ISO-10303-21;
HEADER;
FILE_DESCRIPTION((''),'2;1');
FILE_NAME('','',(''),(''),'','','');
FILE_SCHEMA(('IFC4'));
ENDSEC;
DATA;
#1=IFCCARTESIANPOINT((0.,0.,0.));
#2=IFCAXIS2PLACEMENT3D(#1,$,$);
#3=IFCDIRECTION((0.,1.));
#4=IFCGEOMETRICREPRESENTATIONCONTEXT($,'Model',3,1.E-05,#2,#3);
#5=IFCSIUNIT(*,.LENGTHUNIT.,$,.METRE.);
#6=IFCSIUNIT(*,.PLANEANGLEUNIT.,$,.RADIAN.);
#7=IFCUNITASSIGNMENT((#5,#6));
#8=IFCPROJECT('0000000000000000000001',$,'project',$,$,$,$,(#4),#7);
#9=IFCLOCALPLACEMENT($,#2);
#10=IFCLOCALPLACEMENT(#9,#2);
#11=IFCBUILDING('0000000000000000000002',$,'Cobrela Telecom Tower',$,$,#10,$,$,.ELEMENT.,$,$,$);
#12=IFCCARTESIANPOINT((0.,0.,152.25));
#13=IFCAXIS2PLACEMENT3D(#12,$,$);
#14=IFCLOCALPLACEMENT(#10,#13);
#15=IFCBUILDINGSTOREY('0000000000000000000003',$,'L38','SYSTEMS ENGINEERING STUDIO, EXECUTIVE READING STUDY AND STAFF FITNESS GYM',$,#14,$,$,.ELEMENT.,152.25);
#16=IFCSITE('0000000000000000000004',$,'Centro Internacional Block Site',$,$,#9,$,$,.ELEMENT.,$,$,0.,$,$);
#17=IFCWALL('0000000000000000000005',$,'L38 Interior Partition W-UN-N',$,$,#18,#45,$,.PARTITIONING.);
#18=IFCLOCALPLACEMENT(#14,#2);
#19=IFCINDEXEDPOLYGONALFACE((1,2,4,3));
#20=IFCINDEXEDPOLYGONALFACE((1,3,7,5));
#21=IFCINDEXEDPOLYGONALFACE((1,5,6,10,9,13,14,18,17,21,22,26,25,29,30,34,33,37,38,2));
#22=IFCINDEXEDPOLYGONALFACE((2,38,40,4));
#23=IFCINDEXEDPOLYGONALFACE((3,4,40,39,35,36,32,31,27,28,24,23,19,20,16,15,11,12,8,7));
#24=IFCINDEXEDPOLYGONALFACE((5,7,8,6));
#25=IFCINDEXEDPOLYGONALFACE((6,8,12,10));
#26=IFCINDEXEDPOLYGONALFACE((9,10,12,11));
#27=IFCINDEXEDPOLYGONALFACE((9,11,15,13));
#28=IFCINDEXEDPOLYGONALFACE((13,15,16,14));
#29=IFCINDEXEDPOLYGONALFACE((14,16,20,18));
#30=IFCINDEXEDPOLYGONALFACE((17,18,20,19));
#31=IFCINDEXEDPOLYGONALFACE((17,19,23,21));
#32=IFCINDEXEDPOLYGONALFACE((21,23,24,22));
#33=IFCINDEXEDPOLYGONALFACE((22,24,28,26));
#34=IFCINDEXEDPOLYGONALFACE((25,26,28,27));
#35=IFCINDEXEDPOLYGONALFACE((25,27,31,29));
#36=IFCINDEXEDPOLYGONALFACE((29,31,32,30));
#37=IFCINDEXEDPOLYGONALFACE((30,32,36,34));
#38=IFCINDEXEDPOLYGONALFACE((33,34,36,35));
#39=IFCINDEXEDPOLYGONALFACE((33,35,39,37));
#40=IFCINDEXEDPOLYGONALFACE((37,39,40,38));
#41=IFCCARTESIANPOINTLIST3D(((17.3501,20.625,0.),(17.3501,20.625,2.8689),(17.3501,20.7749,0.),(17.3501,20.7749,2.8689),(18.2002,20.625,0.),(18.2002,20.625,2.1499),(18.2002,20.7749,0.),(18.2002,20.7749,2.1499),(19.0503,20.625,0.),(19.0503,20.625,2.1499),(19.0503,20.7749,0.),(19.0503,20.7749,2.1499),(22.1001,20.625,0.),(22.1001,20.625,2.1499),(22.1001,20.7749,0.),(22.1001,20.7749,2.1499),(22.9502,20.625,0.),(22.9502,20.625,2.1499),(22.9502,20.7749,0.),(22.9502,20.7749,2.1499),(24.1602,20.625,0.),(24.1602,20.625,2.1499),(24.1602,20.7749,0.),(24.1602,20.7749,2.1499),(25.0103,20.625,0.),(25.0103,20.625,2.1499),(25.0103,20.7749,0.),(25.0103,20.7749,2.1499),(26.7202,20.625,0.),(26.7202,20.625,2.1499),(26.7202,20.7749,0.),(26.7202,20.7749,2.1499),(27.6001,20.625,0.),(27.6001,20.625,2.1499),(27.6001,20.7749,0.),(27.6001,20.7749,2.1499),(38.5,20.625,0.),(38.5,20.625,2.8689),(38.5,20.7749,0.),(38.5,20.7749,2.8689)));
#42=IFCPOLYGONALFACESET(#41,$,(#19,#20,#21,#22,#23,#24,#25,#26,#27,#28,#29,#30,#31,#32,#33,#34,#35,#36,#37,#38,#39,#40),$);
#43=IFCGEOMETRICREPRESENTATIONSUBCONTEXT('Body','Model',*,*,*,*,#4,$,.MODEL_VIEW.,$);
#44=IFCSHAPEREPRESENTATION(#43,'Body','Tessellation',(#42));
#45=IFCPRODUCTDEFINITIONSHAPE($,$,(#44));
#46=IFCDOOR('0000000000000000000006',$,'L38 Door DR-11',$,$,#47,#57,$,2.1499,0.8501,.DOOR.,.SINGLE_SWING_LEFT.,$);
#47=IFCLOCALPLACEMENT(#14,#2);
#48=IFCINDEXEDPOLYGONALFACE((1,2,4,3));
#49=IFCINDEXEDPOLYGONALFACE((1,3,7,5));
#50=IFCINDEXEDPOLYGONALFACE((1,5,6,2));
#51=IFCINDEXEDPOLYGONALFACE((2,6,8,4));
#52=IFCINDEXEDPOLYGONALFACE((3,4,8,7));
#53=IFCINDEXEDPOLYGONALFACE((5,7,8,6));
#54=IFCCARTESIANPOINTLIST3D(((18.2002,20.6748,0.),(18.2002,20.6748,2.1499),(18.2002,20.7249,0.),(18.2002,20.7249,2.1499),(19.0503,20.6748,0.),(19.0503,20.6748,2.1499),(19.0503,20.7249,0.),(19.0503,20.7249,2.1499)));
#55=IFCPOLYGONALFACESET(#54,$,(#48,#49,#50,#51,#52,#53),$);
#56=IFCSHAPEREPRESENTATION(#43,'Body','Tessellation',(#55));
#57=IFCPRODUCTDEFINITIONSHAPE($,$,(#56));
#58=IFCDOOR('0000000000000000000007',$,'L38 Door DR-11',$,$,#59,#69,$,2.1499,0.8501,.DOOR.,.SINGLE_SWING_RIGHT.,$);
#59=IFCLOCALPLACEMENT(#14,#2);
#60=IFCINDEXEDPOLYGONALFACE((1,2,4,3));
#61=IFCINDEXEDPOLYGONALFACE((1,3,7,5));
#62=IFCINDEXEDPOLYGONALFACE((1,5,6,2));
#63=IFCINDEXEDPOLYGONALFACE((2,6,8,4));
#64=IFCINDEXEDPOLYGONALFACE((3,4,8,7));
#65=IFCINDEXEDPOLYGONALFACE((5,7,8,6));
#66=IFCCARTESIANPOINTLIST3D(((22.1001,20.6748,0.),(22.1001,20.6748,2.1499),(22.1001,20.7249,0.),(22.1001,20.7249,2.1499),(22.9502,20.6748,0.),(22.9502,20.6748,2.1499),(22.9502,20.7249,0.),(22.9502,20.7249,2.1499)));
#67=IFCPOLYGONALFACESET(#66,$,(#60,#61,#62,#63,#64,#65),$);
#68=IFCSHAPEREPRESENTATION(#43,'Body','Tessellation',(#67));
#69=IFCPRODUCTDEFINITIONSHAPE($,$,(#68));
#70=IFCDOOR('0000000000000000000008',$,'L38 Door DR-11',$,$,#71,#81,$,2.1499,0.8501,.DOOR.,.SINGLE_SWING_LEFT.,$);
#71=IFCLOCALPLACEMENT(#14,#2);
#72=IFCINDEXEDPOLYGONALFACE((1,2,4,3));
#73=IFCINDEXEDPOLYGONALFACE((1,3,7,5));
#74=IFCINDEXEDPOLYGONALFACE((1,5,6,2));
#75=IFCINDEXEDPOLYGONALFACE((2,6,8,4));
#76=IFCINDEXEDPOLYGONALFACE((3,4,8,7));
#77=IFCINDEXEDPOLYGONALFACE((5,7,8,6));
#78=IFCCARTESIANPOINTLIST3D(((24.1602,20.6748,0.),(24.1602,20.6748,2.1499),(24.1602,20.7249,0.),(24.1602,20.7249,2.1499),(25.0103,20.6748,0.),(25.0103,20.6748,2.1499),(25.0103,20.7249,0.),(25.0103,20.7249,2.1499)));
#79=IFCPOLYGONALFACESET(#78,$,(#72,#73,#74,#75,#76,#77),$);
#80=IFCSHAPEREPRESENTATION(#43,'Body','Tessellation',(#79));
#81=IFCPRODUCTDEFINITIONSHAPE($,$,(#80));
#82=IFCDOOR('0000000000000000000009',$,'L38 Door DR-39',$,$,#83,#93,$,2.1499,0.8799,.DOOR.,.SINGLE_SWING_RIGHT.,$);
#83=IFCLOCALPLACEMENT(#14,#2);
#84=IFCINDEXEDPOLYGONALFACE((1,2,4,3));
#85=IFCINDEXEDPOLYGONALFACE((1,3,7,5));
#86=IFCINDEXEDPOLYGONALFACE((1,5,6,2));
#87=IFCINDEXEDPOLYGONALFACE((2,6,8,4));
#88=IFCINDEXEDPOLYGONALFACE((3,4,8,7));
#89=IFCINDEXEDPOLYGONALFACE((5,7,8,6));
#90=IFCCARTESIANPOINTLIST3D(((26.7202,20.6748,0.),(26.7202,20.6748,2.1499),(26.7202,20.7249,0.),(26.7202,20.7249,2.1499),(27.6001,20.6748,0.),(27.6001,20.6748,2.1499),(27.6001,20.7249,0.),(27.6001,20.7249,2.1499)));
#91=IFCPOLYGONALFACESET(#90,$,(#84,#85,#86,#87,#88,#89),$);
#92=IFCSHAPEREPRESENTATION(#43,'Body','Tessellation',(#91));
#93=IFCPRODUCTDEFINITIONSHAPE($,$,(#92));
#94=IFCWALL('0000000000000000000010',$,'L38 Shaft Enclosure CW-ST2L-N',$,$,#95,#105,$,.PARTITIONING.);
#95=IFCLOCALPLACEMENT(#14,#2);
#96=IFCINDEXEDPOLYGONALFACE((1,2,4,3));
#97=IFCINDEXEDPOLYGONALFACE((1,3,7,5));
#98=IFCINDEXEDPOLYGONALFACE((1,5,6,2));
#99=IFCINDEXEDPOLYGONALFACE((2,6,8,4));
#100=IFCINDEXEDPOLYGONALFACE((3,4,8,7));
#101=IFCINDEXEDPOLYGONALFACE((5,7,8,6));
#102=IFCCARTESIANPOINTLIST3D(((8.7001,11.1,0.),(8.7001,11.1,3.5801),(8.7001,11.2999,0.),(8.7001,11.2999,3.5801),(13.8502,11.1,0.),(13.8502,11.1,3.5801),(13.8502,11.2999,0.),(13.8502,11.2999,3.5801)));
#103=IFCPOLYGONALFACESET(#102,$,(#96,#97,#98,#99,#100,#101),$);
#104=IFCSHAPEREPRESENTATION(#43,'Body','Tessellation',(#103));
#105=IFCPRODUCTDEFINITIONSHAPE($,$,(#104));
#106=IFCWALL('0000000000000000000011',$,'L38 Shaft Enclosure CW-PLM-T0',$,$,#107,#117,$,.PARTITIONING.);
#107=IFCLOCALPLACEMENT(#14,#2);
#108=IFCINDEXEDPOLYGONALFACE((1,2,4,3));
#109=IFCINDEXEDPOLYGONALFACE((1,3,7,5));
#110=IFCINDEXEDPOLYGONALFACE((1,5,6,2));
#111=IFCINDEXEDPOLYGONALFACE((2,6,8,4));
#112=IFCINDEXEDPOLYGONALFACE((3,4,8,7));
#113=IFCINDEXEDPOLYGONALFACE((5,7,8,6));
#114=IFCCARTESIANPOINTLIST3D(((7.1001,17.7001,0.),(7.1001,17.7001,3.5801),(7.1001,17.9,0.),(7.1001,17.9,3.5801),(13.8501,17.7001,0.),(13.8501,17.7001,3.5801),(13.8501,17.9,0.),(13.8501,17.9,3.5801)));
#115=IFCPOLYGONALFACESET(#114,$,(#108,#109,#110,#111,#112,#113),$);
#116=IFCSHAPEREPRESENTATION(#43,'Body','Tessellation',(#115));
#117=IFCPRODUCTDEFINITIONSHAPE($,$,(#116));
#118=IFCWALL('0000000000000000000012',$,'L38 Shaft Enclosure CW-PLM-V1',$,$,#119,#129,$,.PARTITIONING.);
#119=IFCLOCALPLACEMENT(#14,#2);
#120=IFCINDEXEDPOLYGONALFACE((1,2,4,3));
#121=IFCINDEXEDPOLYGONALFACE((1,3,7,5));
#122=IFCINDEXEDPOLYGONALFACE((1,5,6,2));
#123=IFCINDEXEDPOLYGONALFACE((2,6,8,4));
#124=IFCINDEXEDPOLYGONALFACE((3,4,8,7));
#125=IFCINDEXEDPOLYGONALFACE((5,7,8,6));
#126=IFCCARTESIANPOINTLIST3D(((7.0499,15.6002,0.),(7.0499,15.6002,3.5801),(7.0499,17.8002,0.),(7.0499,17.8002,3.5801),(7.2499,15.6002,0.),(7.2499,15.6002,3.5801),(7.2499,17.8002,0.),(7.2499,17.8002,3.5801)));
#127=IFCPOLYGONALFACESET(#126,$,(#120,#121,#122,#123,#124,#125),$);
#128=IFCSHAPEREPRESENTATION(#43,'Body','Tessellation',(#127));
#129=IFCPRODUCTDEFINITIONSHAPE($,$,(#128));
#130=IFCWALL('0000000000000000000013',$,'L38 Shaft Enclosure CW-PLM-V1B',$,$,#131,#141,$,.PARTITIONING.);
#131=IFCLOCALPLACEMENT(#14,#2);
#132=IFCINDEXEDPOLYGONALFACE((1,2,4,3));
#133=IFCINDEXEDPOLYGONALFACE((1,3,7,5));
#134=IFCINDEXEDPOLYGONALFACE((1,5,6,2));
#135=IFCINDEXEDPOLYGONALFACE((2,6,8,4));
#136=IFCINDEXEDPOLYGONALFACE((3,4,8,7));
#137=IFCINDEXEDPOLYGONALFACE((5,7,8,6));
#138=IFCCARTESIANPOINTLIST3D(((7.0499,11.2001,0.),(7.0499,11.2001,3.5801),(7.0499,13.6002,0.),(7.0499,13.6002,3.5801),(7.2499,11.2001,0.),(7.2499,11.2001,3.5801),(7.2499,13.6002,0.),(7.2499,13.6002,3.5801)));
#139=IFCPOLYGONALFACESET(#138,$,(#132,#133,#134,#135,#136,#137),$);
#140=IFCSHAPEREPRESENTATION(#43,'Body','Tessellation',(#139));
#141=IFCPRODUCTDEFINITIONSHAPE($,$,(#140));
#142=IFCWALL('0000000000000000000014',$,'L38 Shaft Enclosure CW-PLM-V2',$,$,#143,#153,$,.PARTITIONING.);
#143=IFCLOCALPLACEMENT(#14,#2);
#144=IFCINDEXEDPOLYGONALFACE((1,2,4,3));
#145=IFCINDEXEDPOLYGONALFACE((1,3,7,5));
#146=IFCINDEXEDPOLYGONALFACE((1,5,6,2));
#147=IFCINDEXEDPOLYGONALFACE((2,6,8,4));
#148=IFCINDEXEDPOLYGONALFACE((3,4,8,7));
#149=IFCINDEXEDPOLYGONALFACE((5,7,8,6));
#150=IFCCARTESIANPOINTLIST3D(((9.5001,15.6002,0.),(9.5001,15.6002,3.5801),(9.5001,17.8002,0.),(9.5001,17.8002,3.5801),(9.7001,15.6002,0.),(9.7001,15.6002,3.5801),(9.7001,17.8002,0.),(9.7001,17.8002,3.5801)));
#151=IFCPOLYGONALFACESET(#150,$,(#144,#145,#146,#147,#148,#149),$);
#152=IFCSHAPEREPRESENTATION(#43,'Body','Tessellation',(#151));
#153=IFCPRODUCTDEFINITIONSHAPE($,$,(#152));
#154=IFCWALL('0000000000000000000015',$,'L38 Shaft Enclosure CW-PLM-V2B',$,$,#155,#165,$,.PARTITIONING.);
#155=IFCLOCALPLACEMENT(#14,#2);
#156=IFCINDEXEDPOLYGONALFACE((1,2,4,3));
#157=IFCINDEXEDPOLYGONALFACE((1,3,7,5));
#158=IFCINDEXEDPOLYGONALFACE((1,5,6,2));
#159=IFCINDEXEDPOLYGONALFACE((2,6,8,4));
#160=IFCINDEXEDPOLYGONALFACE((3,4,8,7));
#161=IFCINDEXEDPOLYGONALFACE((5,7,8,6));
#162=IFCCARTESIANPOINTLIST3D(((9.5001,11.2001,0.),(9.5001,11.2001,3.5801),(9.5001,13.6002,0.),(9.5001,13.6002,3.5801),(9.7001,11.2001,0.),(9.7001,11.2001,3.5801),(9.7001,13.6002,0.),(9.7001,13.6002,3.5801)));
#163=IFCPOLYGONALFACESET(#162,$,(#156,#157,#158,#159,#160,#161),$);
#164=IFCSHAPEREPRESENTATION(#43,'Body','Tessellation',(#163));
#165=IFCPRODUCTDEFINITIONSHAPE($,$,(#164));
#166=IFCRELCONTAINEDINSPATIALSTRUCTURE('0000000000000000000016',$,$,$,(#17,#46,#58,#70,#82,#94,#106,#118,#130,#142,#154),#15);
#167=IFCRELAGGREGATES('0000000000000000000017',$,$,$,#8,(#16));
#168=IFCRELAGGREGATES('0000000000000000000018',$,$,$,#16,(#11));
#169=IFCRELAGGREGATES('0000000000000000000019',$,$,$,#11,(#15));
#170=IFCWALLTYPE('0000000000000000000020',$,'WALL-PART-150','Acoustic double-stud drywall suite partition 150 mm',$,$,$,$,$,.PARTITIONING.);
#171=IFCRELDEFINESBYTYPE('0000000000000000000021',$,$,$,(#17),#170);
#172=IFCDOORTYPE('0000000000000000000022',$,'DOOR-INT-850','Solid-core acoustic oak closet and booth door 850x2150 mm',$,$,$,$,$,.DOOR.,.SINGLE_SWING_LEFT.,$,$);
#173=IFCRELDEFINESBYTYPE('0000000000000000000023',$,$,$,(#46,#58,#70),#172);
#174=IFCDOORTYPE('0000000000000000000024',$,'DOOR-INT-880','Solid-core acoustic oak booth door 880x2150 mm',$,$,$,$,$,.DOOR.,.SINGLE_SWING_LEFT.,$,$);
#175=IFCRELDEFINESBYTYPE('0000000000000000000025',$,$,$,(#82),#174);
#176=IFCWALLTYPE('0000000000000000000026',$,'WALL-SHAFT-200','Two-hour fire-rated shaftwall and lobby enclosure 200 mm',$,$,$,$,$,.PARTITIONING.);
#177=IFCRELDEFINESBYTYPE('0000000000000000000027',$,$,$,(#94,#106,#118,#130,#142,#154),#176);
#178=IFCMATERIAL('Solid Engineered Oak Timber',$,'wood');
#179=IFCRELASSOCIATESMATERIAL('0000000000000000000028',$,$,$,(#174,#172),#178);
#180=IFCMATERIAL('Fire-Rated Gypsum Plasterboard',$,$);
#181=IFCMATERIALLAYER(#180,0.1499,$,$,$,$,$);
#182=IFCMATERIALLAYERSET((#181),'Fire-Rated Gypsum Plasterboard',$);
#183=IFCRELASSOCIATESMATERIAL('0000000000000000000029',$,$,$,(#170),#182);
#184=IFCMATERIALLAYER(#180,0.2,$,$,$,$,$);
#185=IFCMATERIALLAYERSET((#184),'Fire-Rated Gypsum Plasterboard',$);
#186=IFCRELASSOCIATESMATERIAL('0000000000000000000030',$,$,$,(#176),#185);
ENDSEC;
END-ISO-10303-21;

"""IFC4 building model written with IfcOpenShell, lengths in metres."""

from ifc_helpers import new_model, si_unit, direction, frame, frame_2d, origin, place, context, subcontext, project, spatial, rectangle, extrude, material, layer, layer_set, type_object, element, fill, save


model = new_model("IFC4")

# Units and contexts
model_context = context("Model", 3, precision=1e-05, world=origin(), true_north=direction((0.0, 1.0)))
body_context = subcontext(model_context, "Body", "Model", "MODEL_VIEW")
ifc_project = project(units=[si_unit("LENGTHUNIT", "METRE"), si_unit("PLANEANGLEUNIT", "RADIAN")], contexts=[model_context])

# Site, building, storey
site_placement = place(None, origin())
site = spatial("IfcSite", under=ifc_project, at=site_placement, Name="Centro Internacional Block Site", CompositionType="ELEMENT", RefElevation=0.0)
building_placement = place(site_placement, origin())
building = spatial("IfcBuilding", under=site, at=building_placement, Name="Cobrela Telecom Tower", CompositionType="ELEMENT")
storey_placement = place(building_placement, frame((0.0, 0.0, 152.25)))
storey = spatial("IfcBuildingStorey", under=building, at=storey_placement, Name="L38", Description="SYSTEMS ENGINEERING STUDIO, EXECUTIVE READING STUDY AND STAFF FITNESS GYM", CompositionType="ELEMENT", Elevation=152.25)

# Shared definitions
ifc_material_1 = material(Name="Fire-Rated Gypsum Plasterboard")

# Wall, openings, doors
ifc_material_2 = material(Name="Solid Engineered Oak Timber", Category="wood")
door_type_1 = type_object("IfcDoorType", Name="DOOR-INT-880", Description="Solid-core acoustic oak booth door 880x2150 mm", OperationType="SINGLE_SWING_LEFT", PredefinedType="DOOR", material=ifc_material_2)
ifc_layer_1 = layer(ifc_material_1, 0.1499)
ifc_layer_set_1 = layer_set([ifc_layer_1], Name="Fire-Rated Gypsum Plasterboard")
wall_type_1 = type_object("IfcWallType", Name="WALL-PART-150", Description="Acoustic double-stud drywall suite partition 150 mm", PredefinedType="PARTITIONING", material=ifc_layer_set_1)
wall_1_placement = place(storey_placement, frame((17.3501, 20.7, 0.0), z_axis=(0.0, 0.0, 1.0), x_axis=(1.0, 0.0, 0.0)))
wall_1 = element("IfcWall", 1, at=wall_1_placement, inside=storey, type_object=wall_type_1, Name="L38 Interior Partition W-UN-N", PredefinedType="PARTITIONING", context=body_context, shape_type="SweptSolid", body=[
    extrude(rectangle(XDim=21.1499, YDim=0.1499, at=frame_2d((10.575, 0.0))), origin(), (0.0, 0.0, 1.0), 2.8689),
])
opening_1_placement = place(wall_1_placement, frame((0.8501, 0.0, 0.0)))
opening_1 = element("IfcOpeningElement", 2, at=opening_1_placement, cuts=wall_1, PredefinedType="OPENING", context=body_context, shape_type="SweptSolid", body=[
    extrude(rectangle(XDim=0.8501, YDim=2.1499, at=frame_2d((0.425, 1.075))), frame((0.0, 0.0869, 0.0), z_axis=(0.0, -1.0, 0.0), x_axis=(1.0, 0.0, 0.0)), (0.0, 0.0, 1.0), 0.1738),
])
opening_2_placement = place(wall_1_placement, frame((4.75, 0.0, 0.0)))
opening_2 = element("IfcOpeningElement", 3, at=opening_2_placement, cuts=wall_1, PredefinedType="OPENING", context=body_context, shape_type="SweptSolid", body=[
    extrude(rectangle(XDim=0.8501, YDim=2.1499, at=frame_2d((0.425, 1.075))), frame((0.0, 0.0869, 0.0), z_axis=(0.0, -1.0, 0.0), x_axis=(1.0, 0.0, 0.0)), (0.0, 0.0, 1.0), 0.1738),
])
opening_3_placement = place(wall_1_placement, frame((6.8101, 0.0, 0.0)))
opening_3 = element("IfcOpeningElement", 4, at=opening_3_placement, cuts=wall_1, PredefinedType="OPENING", context=body_context, shape_type="SweptSolid", body=[
    extrude(rectangle(XDim=0.8501, YDim=2.1499, at=frame_2d((0.425, 1.075))), frame((0.0, 0.0869, 0.0), z_axis=(0.0, -1.0, 0.0), x_axis=(1.0, 0.0, 0.0)), (0.0, 0.0, 1.0), 0.1738),
])
opening_4_placement = place(wall_1_placement, frame((9.3701, 0.0, 0.0)))
opening_4 = element("IfcOpeningElement", 5, at=opening_4_placement, cuts=wall_1, PredefinedType="OPENING", context=body_context, shape_type="SweptSolid", body=[
    extrude(rectangle(XDim=0.8799, YDim=2.1499, at=frame_2d((0.4399, 1.075))), frame((0.0, 0.0869, 0.0), z_axis=(0.0, -1.0, 0.0), x_axis=(1.0, 0.0, 0.0)), (0.0, 0.0, 1.0), 0.1738),
])
door_type_2 = type_object("IfcDoorType", Name="DOOR-INT-850", Description="Solid-core acoustic oak closet and booth door 850x2150 mm", OperationType="SINGLE_SWING_LEFT", PredefinedType="DOOR", material=ifc_material_2)
door_1_placement = place(opening_1_placement, origin())
door_1 = element("IfcDoor", 6, at=door_1_placement, inside=storey, type_object=door_type_2, Name="L38 Door DR-11", OperationType="SINGLE_SWING_LEFT", OverallHeight=2.1499, OverallWidth=0.8501, PredefinedType="DOOR", context=body_context, shape_type="SweptSolid", body=[
    extrude(rectangle(XDim=0.8501, YDim=2.1499, at=frame_2d((0.425, 1.075))), frame((0.0, 0.0249, 0.0), z_axis=(0.0, -1.0, 0.0), x_axis=(1.0, 0.0, 0.0)), (0.0, 0.0, 1.0), 0.05),
])
fill(opening_1, door_1)
door_2_placement = place(opening_2_placement, origin())
door_2 = element("IfcDoor", 7, at=door_2_placement, inside=storey, type_object=door_type_2, Name="L38 Door DR-11", OperationType="SINGLE_SWING_RIGHT", OverallHeight=2.1499, OverallWidth=0.8501, PredefinedType="DOOR", context=body_context, shape_type="SweptSolid", body=[
    extrude(rectangle(XDim=0.8501, YDim=2.1499, at=frame_2d((0.425, 1.075))), frame((0.0, 0.0249, 0.0), z_axis=(0.0, -1.0, 0.0), x_axis=(1.0, 0.0, 0.0)), (0.0, 0.0, 1.0), 0.05),
])
fill(opening_2, door_2)
door_3_placement = place(opening_3_placement, origin())
door_3 = element("IfcDoor", 8, at=door_3_placement, inside=storey, type_object=door_type_2, Name="L38 Door DR-11", OperationType="SINGLE_SWING_LEFT", OverallHeight=2.1499, OverallWidth=0.8501, PredefinedType="DOOR", context=body_context, shape_type="SweptSolid", body=[
    extrude(rectangle(XDim=0.8501, YDim=2.1499, at=frame_2d((0.425, 1.075))), frame((0.0, 0.0249, 0.0), z_axis=(0.0, -1.0, 0.0), x_axis=(1.0, 0.0, 0.0)), (0.0, 0.0, 1.0), 0.05),
])
fill(opening_3, door_3)
door_4_placement = place(opening_4_placement, origin())
door_4 = element("IfcDoor", 9, at=door_4_placement, inside=storey, type_object=door_type_1, Name="L38 Door DR-39", OperationType="SINGLE_SWING_RIGHT", OverallHeight=2.1499, OverallWidth=0.8799, PredefinedType="DOOR", context=body_context, shape_type="SweptSolid", body=[
    extrude(rectangle(XDim=0.8799, YDim=2.1499, at=frame_2d((0.4399, 1.075))), frame((0.0, 0.0249, 0.0), z_axis=(0.0, -1.0, 0.0), x_axis=(1.0, 0.0, 0.0)), (0.0, 0.0, 1.0), 0.05),
])
fill(opening_4, door_4)

# Walls
ifc_layer_2 = layer(ifc_material_1, 0.2)
ifc_layer_set_2 = layer_set([ifc_layer_2], Name="Fire-Rated Gypsum Plasterboard")
wall_type_2 = type_object("IfcWallType", Name="WALL-SHAFT-200", Description="Two-hour fire-rated shaftwall and lobby enclosure 200 mm", PredefinedType="PARTITIONING", material=ifc_layer_set_2)
wall_2_placement = place(storey_placement, frame((8.7, 11.2, 0.0), z_axis=(0.0, 0.0, 1.0), x_axis=(1.0, 0.0, 0.0)))
element("IfcWall", 10, at=wall_2_placement, inside=storey, type_object=wall_type_2, Name="L38 Shaft Enclosure CW-ST2L-N", PredefinedType="PARTITIONING", context=body_context, shape_type="SweptSolid", body=[
    extrude(rectangle(XDim=5.1501, YDim=0.2, at=frame_2d((2.5752, 0.0))), origin(), (0.0, 0.0, 1.0), 3.5801),
])
wall_3_placement = place(storey_placement, frame((7.1001, 17.8, 0.0), z_axis=(0.0, 0.0, 1.0), x_axis=(1.0, 0.0, 0.0)))
element("IfcWall", 11, at=wall_3_placement, inside=storey, type_object=wall_type_2, Name="L38 Shaft Enclosure CW-PLM-T0", PredefinedType="PARTITIONING", context=body_context, shape_type="SweptSolid", body=[
    extrude(rectangle(XDim=6.75, YDim=0.2, at=frame_2d((3.375, 0.0))), origin(), (0.0, 0.0, 1.0), 3.5801),
])
wall_4_placement = place(storey_placement, frame((7.1499, 15.6001, 0.0), z_axis=(0.0, 0.0, 1.0), x_axis=(0.0, 1.0, 0.0)))
element("IfcWall", 12, at=wall_4_placement, inside=storey, type_object=wall_type_2, Name="L38 Shaft Enclosure CW-PLM-V1", PredefinedType="PARTITIONING", context=body_context, shape_type="SweptSolid", body=[
    extrude(rectangle(XDim=2.2, YDim=0.2, at=frame_2d((1.1001, 0.0))), origin(), (0.0, 0.0, 1.0), 3.5801),
])
wall_5_placement = place(storey_placement, frame((7.1499, 11.2, 0.0), z_axis=(0.0, 0.0, 1.0), x_axis=(0.0, 1.0, 0.0)))
element("IfcWall", 13, at=wall_5_placement, inside=storey, type_object=wall_type_2, Name="L38 Shaft Enclosure CW-PLM-V1B", PredefinedType="PARTITIONING", context=body_context, shape_type="SweptSolid", body=[
    extrude(rectangle(XDim=2.4001, YDim=0.2, at=frame_2d((1.2002, 0.0))), origin(), (0.0, 0.0, 1.0), 3.5801),
])
wall_6_placement = place(storey_placement, frame((9.6001, 15.6001, 0.0), z_axis=(0.0, 0.0, 1.0), x_axis=(0.0, 1.0, 0.0)))
element("IfcWall", 14, at=wall_6_placement, inside=storey, type_object=wall_type_2, Name="L38 Shaft Enclosure CW-PLM-V2", PredefinedType="PARTITIONING", context=body_context, shape_type="SweptSolid", body=[
    extrude(rectangle(XDim=2.2, YDim=0.2, at=frame_2d((1.1001, 0.0))), origin(), (0.0, 0.0, 1.0), 3.5801),
])
wall_7_placement = place(storey_placement, frame((9.6001, 11.2, 0.0), z_axis=(0.0, 0.0, 1.0), x_axis=(0.0, 1.0, 0.0)))
element("IfcWall", 15, at=wall_7_placement, inside=storey, type_object=wall_type_2, Name="L38 Shaft Enclosure CW-PLM-V2B", PredefinedType="PARTITIONING", context=body_context, shape_type="SweptSolid", body=[
    extrude(rectangle(XDim=2.4001, YDim=0.2, at=frame_2d((1.2002, 0.0))), origin(), (0.0, 0.0, 1.0), 3.5801),
])

save(model, "model.ifc")
